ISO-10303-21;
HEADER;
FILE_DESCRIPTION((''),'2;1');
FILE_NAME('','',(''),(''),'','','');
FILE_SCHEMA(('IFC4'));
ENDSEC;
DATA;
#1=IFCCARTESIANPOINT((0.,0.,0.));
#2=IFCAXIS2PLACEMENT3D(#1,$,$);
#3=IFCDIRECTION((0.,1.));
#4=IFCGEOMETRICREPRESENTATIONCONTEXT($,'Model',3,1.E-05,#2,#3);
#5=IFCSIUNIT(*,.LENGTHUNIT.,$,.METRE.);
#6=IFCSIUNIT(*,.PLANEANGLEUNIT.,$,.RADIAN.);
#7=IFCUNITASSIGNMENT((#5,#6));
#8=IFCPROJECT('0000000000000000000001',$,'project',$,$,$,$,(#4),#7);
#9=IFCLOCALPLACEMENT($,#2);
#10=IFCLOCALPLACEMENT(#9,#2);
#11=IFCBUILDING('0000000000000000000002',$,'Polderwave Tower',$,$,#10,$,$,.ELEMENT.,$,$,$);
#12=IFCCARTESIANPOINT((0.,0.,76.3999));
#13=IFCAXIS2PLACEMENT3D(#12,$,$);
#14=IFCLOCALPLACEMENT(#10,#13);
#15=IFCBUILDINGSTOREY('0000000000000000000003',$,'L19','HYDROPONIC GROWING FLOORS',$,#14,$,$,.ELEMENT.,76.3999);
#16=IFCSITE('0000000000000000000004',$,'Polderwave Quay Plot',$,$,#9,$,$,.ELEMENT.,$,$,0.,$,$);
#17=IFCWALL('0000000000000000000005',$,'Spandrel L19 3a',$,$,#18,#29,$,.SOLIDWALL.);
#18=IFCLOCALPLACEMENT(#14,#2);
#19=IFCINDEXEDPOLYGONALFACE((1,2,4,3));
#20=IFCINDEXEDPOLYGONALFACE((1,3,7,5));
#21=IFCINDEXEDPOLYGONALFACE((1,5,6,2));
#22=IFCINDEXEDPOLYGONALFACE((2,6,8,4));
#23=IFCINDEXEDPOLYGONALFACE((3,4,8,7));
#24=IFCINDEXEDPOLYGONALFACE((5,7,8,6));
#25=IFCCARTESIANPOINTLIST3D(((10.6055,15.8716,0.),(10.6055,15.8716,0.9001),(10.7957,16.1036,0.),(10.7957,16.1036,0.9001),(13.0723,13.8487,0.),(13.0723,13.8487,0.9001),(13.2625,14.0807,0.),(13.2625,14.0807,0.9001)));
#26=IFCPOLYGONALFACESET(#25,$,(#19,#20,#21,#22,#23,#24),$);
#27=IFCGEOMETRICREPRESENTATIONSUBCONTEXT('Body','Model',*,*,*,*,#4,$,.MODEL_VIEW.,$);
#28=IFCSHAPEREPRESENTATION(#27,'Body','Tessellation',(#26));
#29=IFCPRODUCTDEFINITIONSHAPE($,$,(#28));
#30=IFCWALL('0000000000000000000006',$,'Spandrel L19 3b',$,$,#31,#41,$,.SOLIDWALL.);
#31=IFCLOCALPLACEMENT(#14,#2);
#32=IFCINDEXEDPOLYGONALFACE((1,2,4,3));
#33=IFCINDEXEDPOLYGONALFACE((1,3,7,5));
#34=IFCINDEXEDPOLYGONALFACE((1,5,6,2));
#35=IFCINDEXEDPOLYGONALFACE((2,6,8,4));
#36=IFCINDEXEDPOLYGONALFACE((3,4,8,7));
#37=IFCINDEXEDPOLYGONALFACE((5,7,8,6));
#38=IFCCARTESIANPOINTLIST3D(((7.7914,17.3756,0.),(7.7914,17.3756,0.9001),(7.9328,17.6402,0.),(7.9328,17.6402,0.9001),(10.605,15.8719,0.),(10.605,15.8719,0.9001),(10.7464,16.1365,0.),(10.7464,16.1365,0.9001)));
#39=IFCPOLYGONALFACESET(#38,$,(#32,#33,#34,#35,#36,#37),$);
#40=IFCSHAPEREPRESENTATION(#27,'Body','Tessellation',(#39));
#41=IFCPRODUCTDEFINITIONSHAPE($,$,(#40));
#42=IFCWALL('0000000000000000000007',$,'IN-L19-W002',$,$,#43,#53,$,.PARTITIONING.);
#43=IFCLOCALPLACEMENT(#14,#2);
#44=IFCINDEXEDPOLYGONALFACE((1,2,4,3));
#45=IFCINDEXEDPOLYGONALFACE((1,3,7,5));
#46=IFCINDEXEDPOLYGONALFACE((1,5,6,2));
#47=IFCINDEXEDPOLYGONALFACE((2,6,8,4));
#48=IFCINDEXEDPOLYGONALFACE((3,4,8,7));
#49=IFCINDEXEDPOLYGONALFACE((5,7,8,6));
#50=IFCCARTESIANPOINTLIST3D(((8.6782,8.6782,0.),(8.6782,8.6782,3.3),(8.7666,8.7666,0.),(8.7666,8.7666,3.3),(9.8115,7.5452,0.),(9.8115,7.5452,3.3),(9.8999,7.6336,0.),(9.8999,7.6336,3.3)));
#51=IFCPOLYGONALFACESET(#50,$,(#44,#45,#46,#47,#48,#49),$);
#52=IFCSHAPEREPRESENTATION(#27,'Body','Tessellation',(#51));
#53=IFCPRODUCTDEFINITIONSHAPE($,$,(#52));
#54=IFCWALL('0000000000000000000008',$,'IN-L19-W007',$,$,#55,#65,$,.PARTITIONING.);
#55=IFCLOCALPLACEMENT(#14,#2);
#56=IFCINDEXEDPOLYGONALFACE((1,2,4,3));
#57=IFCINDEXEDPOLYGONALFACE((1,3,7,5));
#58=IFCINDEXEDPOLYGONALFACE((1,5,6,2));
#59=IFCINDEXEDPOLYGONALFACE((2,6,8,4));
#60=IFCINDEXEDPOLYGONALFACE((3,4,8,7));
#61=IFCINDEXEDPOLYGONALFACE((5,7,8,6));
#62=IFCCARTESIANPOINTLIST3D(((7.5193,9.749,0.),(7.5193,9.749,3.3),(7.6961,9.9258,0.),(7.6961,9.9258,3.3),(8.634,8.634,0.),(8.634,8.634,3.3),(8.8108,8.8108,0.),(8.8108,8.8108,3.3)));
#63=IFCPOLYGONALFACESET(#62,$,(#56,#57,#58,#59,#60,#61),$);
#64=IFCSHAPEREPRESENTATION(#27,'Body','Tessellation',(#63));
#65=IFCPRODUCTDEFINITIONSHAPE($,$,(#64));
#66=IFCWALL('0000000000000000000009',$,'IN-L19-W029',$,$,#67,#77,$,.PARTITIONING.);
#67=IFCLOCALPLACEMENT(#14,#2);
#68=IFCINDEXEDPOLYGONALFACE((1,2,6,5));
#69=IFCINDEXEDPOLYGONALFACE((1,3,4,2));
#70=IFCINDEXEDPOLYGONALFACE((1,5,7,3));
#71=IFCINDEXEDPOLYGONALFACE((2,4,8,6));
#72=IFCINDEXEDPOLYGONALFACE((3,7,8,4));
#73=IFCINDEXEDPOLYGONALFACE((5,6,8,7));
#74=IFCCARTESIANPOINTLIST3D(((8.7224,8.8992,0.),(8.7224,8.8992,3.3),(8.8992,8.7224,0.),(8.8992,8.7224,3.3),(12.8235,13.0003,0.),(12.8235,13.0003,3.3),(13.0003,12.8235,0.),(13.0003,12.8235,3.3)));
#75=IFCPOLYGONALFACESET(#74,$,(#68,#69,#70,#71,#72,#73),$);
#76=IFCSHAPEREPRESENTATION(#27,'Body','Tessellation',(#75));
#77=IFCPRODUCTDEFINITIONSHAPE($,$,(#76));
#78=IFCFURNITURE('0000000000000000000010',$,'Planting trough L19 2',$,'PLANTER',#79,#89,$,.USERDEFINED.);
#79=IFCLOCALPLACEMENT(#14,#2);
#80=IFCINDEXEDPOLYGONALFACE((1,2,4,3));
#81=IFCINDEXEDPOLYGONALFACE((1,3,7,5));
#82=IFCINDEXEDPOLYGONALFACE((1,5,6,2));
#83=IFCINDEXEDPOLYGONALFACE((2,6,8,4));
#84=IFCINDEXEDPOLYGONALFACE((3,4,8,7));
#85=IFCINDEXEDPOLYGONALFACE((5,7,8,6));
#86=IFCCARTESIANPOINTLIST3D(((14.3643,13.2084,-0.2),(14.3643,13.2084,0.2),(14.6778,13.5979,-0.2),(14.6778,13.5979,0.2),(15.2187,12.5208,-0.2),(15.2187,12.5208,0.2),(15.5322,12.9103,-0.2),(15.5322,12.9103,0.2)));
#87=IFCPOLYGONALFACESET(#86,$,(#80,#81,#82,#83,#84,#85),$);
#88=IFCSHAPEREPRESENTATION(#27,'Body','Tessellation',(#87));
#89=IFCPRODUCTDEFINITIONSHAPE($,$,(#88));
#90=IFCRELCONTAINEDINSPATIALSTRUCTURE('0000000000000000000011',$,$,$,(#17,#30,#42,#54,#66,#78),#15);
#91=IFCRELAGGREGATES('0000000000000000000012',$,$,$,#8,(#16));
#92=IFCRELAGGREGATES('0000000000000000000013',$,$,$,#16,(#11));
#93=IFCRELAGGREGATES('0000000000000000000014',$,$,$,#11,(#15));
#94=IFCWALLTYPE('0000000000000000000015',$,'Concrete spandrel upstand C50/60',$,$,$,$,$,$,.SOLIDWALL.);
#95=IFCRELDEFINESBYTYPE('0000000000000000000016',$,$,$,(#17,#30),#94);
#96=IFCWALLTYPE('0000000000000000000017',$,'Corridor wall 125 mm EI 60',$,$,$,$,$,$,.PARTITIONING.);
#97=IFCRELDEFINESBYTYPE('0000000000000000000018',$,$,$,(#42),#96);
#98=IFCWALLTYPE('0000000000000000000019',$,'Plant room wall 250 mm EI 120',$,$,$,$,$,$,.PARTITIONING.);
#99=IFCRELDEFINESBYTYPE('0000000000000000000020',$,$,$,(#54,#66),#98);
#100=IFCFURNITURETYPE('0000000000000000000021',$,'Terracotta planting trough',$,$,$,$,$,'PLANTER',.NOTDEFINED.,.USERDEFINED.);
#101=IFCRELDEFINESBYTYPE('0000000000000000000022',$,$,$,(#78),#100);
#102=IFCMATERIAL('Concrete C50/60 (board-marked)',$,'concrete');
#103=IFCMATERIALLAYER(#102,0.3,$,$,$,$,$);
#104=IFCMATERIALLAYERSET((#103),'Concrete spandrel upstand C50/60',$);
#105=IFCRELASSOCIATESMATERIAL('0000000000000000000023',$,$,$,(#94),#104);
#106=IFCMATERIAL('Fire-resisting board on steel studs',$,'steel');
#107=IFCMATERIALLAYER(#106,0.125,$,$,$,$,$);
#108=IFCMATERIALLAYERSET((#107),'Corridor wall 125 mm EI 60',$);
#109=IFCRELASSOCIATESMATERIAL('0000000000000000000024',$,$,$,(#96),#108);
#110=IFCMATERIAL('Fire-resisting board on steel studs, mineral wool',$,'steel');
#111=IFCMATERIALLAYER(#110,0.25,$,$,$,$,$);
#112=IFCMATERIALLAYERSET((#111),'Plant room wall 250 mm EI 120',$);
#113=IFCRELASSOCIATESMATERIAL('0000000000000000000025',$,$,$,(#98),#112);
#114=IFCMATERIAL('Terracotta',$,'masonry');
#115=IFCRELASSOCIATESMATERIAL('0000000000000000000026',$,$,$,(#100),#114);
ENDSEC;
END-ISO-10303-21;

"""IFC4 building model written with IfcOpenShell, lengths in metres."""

from ifc_helpers import new_model, si_unit, direction, frame, frame_2d, origin, origin_2d, place, context, subcontext, project, spatial, rectangle, extrude, material, layer, layer_set, type_object, element, save


model = new_model("IFC4")

# Units and contexts
model_context = context("Model", 3, precision=1e-05, world=origin(), true_north=direction((0.0, 1.0)))
body_context = subcontext(model_context, "Body", "Model", "MODEL_VIEW")
ifc_project = project(units=[si_unit("LENGTHUNIT", "METRE"), si_unit("PLANEANGLEUNIT", "RADIAN")], contexts=[model_context])

# Site, building, storey
site_placement = place(None, origin())
site = spatial("IfcSite", under=ifc_project, at=site_placement, Name="Polderwave Quay Plot", CompositionType="ELEMENT", RefElevation=0.0)
building_placement = place(site_placement, origin())
building = spatial("IfcBuilding", under=site, at=building_placement, Name="Polderwave Tower", CompositionType="ELEMENT")
storey_placement = place(building_placement, frame((0.0, 0.0, 76.3999)))
storey = spatial("IfcBuildingStorey", under=building, at=storey_placement, Name="L19", Description="HYDROPONIC GROWING FLOORS", CompositionType="ELEMENT", Elevation=76.3999)

# Walls
ifc_material_1 = material(Name="Concrete C50/60 (board-marked)", Category="concrete")
ifc_layer_1 = layer(ifc_material_1, 0.3)
ifc_layer_set_1 = layer_set([ifc_layer_1], Name="Concrete spandrel upstand C50/60")
wall_type_1 = type_object("IfcWallType", Name="Concrete spandrel upstand C50/60", PredefinedType="SOLIDWALL", material=ifc_layer_set_1)
for number, where, z_axis, x_axis, name in (
    (1, (13.1675, 13.9646, 0.0), (0.0, 0.0, 1.0), (-0.773241, 0.634113, 0.0), "Spandrel L19 3a"),
    (2, (10.6758, 16.0042, 0.0), (0.0, 0.0, 1.0), (-0.881944, 0.471355, 0.0), "Spandrel L19 3b"),
):
    element("IfcWall", number, at=place(storey_placement, frame(where, z_axis=z_axis, x_axis=x_axis)), inside=storey, type_object=wall_type_1, Name=name, PredefinedType="SOLIDWALL", context=body_context, shape_type="SweptSolid", body=[
        extrude(rectangle(XDim=3.1902, YDim=0.3, at=frame_2d((1.5952, 0.0))), origin(), (0.0, 0.0, 1.0), 0.9001),
    ])
ifc_material_2 = material(Name="Fire-resisting board on steel studs", Category="steel")
ifc_layer_2 = layer(ifc_material_2, 0.125)
ifc_layer_set_2 = layer_set([ifc_layer_2], Name="Corridor wall 125 mm EI 60")
wall_type_2 = type_object("IfcWallType", Name="Corridor wall 125 mm EI 60", PredefinedType="PARTITIONING", material=ifc_layer_set_2)
wall_1_placement = place(storey_placement, frame((8.7224, 8.7224, 0.0), z_axis=(0.0, 0.0, 1.0), x_axis=(0.707183, -0.707031, 0.0)))
element("IfcWall", 3, at=wall_1_placement, inside=storey, type_object=wall_type_2, Name="IN-L19-W002", PredefinedType="PARTITIONING", context=body_context, shape_type="SweptSolid", body=[
    extrude(rectangle(XDim=1.6025, YDim=0.125, at=frame_2d((0.8013, 0.0))), origin(), (0.0, 0.0, 1.0), 3.3),
])
ifc_material_3 = material(Name="Fire-resisting board on steel studs, mineral wool", Category="steel")
ifc_layer_3 = layer(ifc_material_3, 0.25)
ifc_layer_set_3 = layer_set([ifc_layer_3], Name="Plant room wall 250 mm EI 120")
wall_type_3 = type_object("IfcWallType", Name="Plant room wall 250 mm EI 120", PredefinedType="PARTITIONING", material=ifc_layer_set_3)
wall_2_placement = place(storey_placement, frame((7.6077, 9.8374, 0.0), z_axis=(0.0, 0.0, 1.0), x_axis=(0.707029, -0.707184, 0.0)))
element("IfcWall", 4, at=wall_2_placement, inside=storey, type_object=wall_type_3, Name="IN-L19-W007", PredefinedType="PARTITIONING", context=body_context, shape_type="SweptSolid", body=[
    extrude(rectangle(XDim=1.5767, YDim=0.25, at=frame_2d((0.7883, 0.0))), origin(), (0.0, 0.0, 1.0), 3.3),
])
wall_3_placement = place(storey_placement, frame((12.9119, 12.9119, 0.0), z_axis=(0.0, 0.0, 1.0), x_axis=(-0.707107, -0.707107, 0.0)))
element("IfcWall", 5, at=wall_3_placement, inside=storey, type_object=wall_type_3, Name="IN-L19-W029", PredefinedType="PARTITIONING", context=body_context, shape_type="SweptSolid", body=[
    extrude(rectangle(XDim=5.7998, YDim=0.25, at=frame_2d((2.8999, 0.0))), origin(), (0.0, 0.0, 1.0), 3.3),
])

# Furniture
ifc_material_4 = material(Name="Terracotta", Category="masonry")
furniture_type = type_object("IfcFurnitureType", Name="Terracotta planting trough", ElementType="PLANTER", AssemblyPlace="NOTDEFINED", PredefinedType="USERDEFINED", material=ifc_material_4)
furniture_placement = place(storey_placement, frame((14.9482, 13.0593, -0.2), z_axis=(0.0, 0.0, 1.0), x_axis=(-0.779031, 0.626986, 0.0)))
element("IfcFurniture", 6, at=furniture_placement, inside=storey, type_object=furniture_type, Name="Planting trough L19 2", ObjectType="PLANTER", PredefinedType="USERDEFINED", context=body_context, shape_type="SweptSolid", body=[
    extrude(rectangle(XDim=1.0967, YDim=0.5, at=origin_2d()), origin(), (0.0, 0.0, 1.0), 0.3999),
])

save(model, "model.ifc")
